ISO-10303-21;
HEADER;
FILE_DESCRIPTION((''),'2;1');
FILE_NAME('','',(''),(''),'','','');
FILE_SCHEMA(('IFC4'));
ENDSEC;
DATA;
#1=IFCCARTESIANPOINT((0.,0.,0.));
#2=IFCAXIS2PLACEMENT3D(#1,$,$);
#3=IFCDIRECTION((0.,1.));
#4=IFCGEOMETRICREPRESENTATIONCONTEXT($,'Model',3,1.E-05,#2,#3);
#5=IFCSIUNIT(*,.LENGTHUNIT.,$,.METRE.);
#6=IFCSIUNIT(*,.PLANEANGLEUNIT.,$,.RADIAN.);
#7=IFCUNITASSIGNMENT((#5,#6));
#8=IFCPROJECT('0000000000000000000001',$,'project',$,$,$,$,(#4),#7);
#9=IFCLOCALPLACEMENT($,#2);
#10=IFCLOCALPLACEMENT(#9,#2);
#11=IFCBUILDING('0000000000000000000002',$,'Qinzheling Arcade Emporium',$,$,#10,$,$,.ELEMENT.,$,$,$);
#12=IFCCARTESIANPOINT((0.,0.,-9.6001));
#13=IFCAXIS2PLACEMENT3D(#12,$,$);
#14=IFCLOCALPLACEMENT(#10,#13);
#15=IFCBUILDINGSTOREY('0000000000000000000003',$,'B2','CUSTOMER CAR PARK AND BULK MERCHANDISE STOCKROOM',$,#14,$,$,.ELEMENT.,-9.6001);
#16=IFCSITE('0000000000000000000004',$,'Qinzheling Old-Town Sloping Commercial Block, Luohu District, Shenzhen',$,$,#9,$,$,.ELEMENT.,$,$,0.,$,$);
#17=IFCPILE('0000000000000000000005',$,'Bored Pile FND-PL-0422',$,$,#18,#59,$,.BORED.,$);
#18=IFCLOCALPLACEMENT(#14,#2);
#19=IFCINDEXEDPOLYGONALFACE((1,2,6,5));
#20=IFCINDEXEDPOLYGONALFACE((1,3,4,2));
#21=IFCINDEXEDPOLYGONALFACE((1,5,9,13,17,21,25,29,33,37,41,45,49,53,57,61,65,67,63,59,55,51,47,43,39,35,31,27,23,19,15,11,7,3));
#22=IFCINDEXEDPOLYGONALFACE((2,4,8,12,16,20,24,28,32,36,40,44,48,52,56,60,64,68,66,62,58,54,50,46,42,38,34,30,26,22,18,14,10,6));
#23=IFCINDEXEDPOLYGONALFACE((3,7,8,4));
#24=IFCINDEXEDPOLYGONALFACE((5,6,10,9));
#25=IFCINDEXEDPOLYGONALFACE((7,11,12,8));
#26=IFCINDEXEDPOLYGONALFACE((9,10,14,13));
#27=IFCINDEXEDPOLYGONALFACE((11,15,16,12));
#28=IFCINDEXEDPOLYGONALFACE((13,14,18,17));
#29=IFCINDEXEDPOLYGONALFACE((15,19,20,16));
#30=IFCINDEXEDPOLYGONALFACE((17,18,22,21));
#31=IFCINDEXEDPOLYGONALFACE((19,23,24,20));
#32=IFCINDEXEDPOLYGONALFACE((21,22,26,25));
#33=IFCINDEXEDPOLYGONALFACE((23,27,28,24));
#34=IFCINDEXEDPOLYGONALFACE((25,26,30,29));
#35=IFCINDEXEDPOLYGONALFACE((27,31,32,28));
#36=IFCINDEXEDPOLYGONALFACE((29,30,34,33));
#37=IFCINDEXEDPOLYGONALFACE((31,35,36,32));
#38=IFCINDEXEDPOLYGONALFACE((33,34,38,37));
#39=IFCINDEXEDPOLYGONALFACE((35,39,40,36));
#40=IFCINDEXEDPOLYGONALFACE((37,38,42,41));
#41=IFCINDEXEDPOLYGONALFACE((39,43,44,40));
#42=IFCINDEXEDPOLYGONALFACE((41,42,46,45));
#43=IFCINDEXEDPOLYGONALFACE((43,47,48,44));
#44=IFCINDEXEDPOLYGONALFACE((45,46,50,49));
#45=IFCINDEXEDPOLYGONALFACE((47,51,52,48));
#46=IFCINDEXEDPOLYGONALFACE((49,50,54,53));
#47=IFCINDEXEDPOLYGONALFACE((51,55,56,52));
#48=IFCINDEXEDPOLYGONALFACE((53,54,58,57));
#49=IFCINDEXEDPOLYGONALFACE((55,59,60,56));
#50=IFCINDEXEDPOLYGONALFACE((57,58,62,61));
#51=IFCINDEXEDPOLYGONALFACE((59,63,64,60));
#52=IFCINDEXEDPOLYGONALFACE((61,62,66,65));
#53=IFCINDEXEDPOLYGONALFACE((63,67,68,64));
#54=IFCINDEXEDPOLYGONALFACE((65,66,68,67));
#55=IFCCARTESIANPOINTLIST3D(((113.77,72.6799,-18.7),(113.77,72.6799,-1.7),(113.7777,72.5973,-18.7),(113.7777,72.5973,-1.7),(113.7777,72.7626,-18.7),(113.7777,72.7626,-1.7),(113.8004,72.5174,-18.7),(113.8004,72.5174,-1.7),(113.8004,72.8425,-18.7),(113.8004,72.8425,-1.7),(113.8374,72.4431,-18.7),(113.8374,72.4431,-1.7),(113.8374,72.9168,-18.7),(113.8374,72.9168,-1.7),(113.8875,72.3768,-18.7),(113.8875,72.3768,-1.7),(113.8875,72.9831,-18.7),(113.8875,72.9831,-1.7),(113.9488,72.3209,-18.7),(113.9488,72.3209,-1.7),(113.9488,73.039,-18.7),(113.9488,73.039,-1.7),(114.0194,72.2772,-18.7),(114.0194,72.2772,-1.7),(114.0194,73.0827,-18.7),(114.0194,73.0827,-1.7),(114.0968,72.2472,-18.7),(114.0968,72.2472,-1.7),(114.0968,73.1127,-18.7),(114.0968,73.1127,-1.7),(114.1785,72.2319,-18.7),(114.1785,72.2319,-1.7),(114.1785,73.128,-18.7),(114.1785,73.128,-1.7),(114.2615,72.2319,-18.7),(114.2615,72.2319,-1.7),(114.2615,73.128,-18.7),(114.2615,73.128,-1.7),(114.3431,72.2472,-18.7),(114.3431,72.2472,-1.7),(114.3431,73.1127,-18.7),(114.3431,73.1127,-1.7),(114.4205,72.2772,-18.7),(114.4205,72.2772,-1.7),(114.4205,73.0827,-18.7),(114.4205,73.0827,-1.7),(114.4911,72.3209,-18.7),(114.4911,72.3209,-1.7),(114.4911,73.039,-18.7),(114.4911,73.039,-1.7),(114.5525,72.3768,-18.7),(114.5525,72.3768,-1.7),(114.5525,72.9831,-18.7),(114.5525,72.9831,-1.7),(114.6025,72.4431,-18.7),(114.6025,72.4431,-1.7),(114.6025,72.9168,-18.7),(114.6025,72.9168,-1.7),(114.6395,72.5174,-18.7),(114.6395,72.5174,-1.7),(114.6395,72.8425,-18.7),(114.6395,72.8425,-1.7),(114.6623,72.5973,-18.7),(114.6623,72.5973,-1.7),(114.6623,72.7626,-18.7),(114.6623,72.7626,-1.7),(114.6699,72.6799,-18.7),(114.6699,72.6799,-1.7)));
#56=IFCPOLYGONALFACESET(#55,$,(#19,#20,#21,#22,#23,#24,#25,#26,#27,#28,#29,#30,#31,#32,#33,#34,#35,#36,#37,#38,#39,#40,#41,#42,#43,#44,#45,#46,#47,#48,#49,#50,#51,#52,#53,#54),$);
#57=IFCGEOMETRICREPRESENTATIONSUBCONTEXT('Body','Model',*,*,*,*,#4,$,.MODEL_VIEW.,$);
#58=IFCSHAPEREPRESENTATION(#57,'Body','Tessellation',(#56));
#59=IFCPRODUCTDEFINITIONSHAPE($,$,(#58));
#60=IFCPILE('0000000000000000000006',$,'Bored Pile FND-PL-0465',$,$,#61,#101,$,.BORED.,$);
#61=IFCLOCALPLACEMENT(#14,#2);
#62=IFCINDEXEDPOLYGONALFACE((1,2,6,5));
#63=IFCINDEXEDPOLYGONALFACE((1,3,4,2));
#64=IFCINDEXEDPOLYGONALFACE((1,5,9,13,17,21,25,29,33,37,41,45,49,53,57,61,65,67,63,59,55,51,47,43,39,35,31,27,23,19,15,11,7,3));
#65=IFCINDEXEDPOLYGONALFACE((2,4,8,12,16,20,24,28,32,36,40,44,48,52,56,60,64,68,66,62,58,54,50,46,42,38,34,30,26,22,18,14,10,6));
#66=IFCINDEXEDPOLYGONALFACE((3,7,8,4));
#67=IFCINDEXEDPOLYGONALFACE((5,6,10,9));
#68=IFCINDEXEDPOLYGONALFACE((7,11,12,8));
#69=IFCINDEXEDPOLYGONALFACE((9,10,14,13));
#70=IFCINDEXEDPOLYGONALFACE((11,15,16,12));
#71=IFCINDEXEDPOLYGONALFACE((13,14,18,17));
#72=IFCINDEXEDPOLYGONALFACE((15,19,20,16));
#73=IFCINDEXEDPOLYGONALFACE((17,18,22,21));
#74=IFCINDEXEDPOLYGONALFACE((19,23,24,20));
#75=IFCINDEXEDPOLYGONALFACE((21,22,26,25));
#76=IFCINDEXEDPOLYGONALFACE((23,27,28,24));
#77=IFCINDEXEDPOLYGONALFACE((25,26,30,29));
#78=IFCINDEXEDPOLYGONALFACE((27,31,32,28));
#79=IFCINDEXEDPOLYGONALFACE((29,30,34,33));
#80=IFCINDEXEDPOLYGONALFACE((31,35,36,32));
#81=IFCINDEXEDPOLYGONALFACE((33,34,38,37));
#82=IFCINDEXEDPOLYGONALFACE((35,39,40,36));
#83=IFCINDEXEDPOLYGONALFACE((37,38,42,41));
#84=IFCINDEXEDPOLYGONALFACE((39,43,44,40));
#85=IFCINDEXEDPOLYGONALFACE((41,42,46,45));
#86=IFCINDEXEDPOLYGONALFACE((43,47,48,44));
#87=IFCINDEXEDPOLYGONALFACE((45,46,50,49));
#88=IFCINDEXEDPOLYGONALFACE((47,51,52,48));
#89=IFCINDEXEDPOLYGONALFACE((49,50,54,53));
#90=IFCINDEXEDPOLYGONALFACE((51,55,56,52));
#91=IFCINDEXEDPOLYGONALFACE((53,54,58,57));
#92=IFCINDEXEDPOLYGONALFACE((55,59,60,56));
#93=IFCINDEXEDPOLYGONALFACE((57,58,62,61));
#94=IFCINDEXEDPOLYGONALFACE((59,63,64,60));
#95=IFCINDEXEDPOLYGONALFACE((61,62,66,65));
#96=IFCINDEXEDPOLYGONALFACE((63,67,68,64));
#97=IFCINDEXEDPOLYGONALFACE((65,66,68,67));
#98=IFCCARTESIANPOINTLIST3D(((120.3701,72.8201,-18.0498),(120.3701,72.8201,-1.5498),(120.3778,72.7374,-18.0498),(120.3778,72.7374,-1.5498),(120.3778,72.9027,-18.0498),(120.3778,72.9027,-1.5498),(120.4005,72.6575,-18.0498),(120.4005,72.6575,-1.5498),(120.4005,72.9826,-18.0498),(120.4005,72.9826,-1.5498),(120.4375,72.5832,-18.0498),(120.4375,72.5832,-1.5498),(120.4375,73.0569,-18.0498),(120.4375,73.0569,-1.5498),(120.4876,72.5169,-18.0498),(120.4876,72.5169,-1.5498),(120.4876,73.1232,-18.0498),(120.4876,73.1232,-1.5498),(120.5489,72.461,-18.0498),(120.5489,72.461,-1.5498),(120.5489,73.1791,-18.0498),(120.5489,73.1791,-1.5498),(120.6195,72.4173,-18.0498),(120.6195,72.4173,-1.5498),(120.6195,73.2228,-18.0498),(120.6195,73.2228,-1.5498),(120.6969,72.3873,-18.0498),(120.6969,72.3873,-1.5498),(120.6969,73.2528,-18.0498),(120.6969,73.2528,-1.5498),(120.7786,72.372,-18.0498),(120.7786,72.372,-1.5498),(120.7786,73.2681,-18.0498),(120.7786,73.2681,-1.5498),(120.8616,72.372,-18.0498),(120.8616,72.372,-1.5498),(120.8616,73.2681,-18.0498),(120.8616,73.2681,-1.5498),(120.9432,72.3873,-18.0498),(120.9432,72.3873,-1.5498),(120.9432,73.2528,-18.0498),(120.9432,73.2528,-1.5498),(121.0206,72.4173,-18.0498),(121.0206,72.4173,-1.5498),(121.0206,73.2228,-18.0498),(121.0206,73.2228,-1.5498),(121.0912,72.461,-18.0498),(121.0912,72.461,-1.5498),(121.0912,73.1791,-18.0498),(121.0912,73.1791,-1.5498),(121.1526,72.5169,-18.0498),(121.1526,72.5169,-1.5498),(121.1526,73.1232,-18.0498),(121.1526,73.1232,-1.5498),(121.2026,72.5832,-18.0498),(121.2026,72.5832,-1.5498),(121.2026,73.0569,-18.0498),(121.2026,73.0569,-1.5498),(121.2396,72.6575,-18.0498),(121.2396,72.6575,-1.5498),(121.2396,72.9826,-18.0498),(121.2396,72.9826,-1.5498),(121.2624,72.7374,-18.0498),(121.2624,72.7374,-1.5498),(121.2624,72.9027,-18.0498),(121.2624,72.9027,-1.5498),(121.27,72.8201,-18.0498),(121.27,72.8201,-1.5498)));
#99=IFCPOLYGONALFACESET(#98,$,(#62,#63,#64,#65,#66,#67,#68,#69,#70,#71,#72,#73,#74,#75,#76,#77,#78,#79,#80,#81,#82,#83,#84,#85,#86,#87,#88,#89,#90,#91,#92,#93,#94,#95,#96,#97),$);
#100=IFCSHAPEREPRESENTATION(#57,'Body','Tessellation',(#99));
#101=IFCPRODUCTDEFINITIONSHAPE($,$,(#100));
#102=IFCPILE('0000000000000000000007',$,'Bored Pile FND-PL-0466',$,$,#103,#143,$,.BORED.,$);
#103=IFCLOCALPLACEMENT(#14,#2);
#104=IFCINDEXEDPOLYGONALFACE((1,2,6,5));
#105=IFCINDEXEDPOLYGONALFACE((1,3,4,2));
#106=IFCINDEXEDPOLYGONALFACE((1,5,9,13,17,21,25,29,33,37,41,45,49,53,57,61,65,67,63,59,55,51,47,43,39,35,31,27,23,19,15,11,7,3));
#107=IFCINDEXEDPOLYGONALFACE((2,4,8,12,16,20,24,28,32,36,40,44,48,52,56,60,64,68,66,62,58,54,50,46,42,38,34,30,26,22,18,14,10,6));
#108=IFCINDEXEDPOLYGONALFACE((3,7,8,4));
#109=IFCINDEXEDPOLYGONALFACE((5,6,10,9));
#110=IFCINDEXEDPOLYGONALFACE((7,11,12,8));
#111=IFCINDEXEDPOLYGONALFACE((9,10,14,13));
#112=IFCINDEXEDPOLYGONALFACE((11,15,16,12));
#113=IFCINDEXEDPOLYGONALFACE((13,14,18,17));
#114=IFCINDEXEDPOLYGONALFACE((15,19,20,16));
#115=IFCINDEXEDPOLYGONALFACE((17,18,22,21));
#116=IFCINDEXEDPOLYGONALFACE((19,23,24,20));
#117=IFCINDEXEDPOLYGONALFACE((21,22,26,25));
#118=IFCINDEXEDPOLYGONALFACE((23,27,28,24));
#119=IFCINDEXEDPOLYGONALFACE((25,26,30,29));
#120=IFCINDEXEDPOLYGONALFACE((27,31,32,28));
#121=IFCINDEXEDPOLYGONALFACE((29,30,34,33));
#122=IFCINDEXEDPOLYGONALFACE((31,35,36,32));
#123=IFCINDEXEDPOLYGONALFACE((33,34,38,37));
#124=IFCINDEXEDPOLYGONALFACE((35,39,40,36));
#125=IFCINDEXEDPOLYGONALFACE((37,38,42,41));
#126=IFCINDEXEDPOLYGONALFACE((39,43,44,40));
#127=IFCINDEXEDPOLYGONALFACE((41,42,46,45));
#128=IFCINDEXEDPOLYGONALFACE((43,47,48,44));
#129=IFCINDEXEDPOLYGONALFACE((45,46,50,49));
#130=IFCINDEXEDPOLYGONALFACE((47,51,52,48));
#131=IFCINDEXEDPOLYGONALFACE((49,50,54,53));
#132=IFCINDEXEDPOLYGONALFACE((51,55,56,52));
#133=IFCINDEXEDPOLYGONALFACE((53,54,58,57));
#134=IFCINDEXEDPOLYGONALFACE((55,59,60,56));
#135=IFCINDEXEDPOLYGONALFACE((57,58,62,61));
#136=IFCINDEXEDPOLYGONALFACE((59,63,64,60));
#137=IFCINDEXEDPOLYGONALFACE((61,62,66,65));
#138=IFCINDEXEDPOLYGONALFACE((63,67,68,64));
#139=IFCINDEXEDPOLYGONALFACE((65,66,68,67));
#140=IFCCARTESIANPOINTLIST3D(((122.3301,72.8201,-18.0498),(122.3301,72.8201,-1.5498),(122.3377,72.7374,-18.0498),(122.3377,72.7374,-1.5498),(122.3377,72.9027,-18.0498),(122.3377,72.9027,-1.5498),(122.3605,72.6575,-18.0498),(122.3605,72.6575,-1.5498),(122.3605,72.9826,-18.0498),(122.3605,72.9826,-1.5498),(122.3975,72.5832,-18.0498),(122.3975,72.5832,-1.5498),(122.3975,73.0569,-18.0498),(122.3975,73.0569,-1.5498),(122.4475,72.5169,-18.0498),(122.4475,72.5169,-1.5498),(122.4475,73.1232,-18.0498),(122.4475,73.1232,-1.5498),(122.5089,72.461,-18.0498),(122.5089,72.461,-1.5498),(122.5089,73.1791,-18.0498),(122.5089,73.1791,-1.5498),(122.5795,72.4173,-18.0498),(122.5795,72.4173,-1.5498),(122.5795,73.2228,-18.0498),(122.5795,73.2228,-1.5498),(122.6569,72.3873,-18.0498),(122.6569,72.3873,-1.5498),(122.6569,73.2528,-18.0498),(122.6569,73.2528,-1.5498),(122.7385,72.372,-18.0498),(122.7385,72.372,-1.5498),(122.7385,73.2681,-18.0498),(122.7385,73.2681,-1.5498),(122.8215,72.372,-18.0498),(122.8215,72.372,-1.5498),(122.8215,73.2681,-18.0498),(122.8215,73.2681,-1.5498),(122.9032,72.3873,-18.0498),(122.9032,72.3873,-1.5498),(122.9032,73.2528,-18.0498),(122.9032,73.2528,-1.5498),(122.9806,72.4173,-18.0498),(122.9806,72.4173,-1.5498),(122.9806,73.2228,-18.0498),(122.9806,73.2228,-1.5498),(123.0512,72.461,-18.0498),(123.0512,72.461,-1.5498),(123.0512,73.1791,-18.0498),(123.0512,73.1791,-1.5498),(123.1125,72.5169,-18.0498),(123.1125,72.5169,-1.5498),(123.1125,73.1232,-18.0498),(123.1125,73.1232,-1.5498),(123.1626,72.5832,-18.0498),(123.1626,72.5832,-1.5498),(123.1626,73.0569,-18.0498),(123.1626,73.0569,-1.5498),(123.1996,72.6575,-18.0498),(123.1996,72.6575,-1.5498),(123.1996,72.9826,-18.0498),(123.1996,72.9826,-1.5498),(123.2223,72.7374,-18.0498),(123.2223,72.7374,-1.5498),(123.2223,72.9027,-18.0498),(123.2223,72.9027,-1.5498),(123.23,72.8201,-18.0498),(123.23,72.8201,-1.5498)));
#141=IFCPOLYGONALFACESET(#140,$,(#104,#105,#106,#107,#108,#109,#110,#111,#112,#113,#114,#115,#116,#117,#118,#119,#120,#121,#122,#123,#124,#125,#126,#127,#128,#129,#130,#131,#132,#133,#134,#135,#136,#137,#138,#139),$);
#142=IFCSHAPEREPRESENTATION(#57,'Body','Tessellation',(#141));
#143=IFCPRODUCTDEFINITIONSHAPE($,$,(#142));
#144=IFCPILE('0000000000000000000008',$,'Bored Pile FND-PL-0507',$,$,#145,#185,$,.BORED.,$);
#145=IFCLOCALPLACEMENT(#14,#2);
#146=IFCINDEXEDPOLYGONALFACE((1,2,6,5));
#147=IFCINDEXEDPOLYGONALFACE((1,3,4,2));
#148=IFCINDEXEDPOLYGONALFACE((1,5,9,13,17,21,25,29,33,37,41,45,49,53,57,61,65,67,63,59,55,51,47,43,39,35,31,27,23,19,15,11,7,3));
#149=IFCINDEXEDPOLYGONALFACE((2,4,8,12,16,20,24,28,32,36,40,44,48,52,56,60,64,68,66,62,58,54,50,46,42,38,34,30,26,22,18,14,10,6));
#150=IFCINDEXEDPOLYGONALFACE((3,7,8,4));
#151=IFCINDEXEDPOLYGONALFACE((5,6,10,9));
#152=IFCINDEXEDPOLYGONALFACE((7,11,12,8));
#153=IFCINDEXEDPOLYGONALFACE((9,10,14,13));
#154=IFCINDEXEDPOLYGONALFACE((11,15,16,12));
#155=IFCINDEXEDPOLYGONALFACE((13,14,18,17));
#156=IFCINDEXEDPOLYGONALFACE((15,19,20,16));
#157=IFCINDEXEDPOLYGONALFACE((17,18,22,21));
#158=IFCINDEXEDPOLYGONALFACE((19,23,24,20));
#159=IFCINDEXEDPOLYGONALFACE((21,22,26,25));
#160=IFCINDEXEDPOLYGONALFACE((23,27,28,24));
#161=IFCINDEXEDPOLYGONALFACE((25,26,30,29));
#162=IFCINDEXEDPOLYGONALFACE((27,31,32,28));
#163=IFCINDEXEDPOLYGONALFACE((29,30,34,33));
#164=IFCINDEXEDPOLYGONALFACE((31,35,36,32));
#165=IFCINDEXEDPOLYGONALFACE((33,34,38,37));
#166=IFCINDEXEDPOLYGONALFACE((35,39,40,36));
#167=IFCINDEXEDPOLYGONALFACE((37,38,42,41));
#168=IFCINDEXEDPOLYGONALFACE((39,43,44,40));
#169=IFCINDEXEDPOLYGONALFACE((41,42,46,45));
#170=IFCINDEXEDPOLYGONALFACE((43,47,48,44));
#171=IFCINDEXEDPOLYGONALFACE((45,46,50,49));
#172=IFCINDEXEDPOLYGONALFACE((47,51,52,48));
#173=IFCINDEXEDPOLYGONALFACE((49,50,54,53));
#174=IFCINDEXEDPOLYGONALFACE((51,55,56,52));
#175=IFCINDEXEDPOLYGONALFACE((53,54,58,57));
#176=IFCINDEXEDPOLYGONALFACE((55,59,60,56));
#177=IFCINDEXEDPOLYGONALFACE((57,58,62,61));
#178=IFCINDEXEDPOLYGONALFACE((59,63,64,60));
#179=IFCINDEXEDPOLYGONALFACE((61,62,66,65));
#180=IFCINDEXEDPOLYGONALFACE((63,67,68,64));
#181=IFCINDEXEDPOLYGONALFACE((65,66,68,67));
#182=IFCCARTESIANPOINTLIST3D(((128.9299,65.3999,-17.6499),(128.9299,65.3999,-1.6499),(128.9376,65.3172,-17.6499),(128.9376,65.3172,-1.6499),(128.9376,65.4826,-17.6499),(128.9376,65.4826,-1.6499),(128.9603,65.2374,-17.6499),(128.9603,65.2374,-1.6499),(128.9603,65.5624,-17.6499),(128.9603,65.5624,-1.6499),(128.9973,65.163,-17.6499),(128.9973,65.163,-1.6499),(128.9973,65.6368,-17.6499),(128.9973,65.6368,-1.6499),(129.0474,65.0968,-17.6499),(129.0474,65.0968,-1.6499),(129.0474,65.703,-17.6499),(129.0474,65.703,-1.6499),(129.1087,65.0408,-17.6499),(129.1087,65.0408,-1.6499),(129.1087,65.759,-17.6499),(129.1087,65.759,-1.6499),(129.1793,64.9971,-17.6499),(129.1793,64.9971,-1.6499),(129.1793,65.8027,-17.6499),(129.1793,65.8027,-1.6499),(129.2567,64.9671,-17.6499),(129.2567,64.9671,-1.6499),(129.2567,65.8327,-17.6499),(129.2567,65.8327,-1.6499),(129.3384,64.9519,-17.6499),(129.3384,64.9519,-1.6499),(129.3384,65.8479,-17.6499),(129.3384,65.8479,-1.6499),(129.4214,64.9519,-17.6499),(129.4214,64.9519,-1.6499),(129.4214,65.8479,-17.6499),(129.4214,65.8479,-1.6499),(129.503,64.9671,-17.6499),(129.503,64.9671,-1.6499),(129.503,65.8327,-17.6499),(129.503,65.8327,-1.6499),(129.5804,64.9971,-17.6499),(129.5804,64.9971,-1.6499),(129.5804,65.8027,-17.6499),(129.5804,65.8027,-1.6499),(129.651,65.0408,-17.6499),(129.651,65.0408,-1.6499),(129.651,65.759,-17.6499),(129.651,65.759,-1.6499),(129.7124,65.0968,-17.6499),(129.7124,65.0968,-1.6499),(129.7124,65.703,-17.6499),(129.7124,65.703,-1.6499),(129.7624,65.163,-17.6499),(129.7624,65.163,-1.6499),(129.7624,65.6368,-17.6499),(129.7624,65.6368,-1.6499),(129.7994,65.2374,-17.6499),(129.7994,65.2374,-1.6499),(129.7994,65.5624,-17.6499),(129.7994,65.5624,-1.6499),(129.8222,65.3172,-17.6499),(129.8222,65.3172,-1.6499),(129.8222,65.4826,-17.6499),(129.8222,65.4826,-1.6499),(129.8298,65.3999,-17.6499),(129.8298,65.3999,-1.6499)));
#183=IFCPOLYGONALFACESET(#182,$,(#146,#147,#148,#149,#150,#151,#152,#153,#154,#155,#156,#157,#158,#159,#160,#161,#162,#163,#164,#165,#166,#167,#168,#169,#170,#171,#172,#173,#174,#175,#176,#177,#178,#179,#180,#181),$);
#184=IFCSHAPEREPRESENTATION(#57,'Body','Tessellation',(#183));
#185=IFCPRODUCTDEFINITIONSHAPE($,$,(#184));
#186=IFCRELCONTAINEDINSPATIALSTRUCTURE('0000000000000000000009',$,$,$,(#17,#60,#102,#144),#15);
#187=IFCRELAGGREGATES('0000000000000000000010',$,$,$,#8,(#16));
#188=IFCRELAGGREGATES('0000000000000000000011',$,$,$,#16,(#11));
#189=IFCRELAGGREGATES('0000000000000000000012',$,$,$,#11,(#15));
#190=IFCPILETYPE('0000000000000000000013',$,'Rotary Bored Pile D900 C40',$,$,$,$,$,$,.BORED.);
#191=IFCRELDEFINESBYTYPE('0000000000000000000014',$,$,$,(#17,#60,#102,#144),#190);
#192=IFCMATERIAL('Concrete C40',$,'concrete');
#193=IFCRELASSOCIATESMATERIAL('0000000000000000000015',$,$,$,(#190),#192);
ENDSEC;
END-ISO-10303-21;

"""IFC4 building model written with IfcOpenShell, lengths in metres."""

from ifc_helpers import new_model, si_unit, direction, frame, origin, origin_2d, place, context, subcontext, project, spatial, circle, extrude, material, material_profile, profile_set, type_object, element, save


model = new_model("IFC4")

# Units and contexts
model_context = context("Model", 3, precision=1e-05, world=origin(), true_north=direction((0.0, 1.0)))
body_context = subcontext(model_context, "Body", "Model", "MODEL_VIEW")
ifc_project = project(units=[si_unit("LENGTHUNIT", "METRE"), si_unit("PLANEANGLEUNIT", "RADIAN")], contexts=[model_context])

# Site, building, storey
site_placement = place(None, origin())
site = spatial("IfcSite", under=ifc_project, at=site_placement, Name="Qinzheling Old-Town Sloping Commercial Block, Luohu District, Shenzhen", CompositionType="ELEMENT", RefElevation=0.0)
building_placement = place(site_placement, origin())
building = spatial("IfcBuilding", under=site, at=building_placement, Name="Qinzheling Arcade Emporium", CompositionType="ELEMENT")
storey_placement = place(building_placement, frame((0.0, 0.0, -9.6001)))
storey = spatial("IfcBuildingStorey", under=building, at=storey_placement, Name="B2", Description="CUSTOMER CAR PARK AND BULK MERCHANDISE STOCKROOM", CompositionType="ELEMENT", Elevation=-9.6001)

# Shared definitions
ifc_material_1 = material(Name="Concrete C40", Category="concrete")

# Piles
ifc_material_profile_1 = material_profile(ifc_material_1, circle(Radius=0.45, at=origin_2d()), Name="BORED D900", Category="concrete")
ifc_profile_set_1 = profile_set([ifc_material_profile_1], Name="Concrete C40")
pile_type_1 = type_object("IfcPileType", Name="Rotary Bored Pile D900 C40", PredefinedType="BORED", material=ifc_profile_set_1)
pile_1_placement = place(storey_placement, frame((114.22, 72.6799, -1.7), z_axis=(0.0, 0.0, -1.0), x_axis=(1.0, 0.0, 0.0)))
element("IfcPile", 1, at=pile_1_placement, inside=storey, type_object=pile_type_1, Name="Bored Pile FND-PL-0422", PredefinedType="BORED", context=body_context, shape_type="SweptSolid", body=[
    extrude(circle(Radius=0.45, at=origin_2d()), origin(), (0.0, 0.0, 1.0), 17.0),
])
for number, where, z_axis, x_axis, name in (
    (2, (120.8201, 72.8201, -1.5498), (0.0, 0.0, -1.0), (1.0, 0.0, 0.0), "Bored Pile FND-PL-0465"),
    (3, (122.78, 72.8201, -1.5498), (0.0, 0.0, -1.0), (1.0, 0.0, 0.0), "Bored Pile FND-PL-0466"),
):
    element("IfcPile", number, at=place(storey_placement, frame(where, z_axis=z_axis, x_axis=x_axis)), inside=storey, type_object=pile_type_1, Name=name, PredefinedType="BORED", context=body_context, shape_type="SweptSolid", body=[
        extrude(circle(Radius=0.45, at=origin_2d()), origin(), (0.0, 0.0, 1.0), 16.5),
    ])
for number, where, z_axis, x_axis, name in (
    (4, (129.3799, 65.3999, -1.6499), (0.0, 0.0, -1.0), (1.0, 0.0, 0.0), "Bored Pile FND-PL-0507"),
):
    element("IfcPile", number, at=place(storey_placement, frame(where, z_axis=z_axis, x_axis=x_axis)), inside=storey, type_object=pile_type_1, Name=name, PredefinedType="BORED", context=body_context, shape_type="SweptSolid", body=[
        extrude(circle(Radius=0.45, at=origin_2d()), origin(), (0.0, 0.0, 1.0), 16.0),
    ])

save(model, "model.ifc")
